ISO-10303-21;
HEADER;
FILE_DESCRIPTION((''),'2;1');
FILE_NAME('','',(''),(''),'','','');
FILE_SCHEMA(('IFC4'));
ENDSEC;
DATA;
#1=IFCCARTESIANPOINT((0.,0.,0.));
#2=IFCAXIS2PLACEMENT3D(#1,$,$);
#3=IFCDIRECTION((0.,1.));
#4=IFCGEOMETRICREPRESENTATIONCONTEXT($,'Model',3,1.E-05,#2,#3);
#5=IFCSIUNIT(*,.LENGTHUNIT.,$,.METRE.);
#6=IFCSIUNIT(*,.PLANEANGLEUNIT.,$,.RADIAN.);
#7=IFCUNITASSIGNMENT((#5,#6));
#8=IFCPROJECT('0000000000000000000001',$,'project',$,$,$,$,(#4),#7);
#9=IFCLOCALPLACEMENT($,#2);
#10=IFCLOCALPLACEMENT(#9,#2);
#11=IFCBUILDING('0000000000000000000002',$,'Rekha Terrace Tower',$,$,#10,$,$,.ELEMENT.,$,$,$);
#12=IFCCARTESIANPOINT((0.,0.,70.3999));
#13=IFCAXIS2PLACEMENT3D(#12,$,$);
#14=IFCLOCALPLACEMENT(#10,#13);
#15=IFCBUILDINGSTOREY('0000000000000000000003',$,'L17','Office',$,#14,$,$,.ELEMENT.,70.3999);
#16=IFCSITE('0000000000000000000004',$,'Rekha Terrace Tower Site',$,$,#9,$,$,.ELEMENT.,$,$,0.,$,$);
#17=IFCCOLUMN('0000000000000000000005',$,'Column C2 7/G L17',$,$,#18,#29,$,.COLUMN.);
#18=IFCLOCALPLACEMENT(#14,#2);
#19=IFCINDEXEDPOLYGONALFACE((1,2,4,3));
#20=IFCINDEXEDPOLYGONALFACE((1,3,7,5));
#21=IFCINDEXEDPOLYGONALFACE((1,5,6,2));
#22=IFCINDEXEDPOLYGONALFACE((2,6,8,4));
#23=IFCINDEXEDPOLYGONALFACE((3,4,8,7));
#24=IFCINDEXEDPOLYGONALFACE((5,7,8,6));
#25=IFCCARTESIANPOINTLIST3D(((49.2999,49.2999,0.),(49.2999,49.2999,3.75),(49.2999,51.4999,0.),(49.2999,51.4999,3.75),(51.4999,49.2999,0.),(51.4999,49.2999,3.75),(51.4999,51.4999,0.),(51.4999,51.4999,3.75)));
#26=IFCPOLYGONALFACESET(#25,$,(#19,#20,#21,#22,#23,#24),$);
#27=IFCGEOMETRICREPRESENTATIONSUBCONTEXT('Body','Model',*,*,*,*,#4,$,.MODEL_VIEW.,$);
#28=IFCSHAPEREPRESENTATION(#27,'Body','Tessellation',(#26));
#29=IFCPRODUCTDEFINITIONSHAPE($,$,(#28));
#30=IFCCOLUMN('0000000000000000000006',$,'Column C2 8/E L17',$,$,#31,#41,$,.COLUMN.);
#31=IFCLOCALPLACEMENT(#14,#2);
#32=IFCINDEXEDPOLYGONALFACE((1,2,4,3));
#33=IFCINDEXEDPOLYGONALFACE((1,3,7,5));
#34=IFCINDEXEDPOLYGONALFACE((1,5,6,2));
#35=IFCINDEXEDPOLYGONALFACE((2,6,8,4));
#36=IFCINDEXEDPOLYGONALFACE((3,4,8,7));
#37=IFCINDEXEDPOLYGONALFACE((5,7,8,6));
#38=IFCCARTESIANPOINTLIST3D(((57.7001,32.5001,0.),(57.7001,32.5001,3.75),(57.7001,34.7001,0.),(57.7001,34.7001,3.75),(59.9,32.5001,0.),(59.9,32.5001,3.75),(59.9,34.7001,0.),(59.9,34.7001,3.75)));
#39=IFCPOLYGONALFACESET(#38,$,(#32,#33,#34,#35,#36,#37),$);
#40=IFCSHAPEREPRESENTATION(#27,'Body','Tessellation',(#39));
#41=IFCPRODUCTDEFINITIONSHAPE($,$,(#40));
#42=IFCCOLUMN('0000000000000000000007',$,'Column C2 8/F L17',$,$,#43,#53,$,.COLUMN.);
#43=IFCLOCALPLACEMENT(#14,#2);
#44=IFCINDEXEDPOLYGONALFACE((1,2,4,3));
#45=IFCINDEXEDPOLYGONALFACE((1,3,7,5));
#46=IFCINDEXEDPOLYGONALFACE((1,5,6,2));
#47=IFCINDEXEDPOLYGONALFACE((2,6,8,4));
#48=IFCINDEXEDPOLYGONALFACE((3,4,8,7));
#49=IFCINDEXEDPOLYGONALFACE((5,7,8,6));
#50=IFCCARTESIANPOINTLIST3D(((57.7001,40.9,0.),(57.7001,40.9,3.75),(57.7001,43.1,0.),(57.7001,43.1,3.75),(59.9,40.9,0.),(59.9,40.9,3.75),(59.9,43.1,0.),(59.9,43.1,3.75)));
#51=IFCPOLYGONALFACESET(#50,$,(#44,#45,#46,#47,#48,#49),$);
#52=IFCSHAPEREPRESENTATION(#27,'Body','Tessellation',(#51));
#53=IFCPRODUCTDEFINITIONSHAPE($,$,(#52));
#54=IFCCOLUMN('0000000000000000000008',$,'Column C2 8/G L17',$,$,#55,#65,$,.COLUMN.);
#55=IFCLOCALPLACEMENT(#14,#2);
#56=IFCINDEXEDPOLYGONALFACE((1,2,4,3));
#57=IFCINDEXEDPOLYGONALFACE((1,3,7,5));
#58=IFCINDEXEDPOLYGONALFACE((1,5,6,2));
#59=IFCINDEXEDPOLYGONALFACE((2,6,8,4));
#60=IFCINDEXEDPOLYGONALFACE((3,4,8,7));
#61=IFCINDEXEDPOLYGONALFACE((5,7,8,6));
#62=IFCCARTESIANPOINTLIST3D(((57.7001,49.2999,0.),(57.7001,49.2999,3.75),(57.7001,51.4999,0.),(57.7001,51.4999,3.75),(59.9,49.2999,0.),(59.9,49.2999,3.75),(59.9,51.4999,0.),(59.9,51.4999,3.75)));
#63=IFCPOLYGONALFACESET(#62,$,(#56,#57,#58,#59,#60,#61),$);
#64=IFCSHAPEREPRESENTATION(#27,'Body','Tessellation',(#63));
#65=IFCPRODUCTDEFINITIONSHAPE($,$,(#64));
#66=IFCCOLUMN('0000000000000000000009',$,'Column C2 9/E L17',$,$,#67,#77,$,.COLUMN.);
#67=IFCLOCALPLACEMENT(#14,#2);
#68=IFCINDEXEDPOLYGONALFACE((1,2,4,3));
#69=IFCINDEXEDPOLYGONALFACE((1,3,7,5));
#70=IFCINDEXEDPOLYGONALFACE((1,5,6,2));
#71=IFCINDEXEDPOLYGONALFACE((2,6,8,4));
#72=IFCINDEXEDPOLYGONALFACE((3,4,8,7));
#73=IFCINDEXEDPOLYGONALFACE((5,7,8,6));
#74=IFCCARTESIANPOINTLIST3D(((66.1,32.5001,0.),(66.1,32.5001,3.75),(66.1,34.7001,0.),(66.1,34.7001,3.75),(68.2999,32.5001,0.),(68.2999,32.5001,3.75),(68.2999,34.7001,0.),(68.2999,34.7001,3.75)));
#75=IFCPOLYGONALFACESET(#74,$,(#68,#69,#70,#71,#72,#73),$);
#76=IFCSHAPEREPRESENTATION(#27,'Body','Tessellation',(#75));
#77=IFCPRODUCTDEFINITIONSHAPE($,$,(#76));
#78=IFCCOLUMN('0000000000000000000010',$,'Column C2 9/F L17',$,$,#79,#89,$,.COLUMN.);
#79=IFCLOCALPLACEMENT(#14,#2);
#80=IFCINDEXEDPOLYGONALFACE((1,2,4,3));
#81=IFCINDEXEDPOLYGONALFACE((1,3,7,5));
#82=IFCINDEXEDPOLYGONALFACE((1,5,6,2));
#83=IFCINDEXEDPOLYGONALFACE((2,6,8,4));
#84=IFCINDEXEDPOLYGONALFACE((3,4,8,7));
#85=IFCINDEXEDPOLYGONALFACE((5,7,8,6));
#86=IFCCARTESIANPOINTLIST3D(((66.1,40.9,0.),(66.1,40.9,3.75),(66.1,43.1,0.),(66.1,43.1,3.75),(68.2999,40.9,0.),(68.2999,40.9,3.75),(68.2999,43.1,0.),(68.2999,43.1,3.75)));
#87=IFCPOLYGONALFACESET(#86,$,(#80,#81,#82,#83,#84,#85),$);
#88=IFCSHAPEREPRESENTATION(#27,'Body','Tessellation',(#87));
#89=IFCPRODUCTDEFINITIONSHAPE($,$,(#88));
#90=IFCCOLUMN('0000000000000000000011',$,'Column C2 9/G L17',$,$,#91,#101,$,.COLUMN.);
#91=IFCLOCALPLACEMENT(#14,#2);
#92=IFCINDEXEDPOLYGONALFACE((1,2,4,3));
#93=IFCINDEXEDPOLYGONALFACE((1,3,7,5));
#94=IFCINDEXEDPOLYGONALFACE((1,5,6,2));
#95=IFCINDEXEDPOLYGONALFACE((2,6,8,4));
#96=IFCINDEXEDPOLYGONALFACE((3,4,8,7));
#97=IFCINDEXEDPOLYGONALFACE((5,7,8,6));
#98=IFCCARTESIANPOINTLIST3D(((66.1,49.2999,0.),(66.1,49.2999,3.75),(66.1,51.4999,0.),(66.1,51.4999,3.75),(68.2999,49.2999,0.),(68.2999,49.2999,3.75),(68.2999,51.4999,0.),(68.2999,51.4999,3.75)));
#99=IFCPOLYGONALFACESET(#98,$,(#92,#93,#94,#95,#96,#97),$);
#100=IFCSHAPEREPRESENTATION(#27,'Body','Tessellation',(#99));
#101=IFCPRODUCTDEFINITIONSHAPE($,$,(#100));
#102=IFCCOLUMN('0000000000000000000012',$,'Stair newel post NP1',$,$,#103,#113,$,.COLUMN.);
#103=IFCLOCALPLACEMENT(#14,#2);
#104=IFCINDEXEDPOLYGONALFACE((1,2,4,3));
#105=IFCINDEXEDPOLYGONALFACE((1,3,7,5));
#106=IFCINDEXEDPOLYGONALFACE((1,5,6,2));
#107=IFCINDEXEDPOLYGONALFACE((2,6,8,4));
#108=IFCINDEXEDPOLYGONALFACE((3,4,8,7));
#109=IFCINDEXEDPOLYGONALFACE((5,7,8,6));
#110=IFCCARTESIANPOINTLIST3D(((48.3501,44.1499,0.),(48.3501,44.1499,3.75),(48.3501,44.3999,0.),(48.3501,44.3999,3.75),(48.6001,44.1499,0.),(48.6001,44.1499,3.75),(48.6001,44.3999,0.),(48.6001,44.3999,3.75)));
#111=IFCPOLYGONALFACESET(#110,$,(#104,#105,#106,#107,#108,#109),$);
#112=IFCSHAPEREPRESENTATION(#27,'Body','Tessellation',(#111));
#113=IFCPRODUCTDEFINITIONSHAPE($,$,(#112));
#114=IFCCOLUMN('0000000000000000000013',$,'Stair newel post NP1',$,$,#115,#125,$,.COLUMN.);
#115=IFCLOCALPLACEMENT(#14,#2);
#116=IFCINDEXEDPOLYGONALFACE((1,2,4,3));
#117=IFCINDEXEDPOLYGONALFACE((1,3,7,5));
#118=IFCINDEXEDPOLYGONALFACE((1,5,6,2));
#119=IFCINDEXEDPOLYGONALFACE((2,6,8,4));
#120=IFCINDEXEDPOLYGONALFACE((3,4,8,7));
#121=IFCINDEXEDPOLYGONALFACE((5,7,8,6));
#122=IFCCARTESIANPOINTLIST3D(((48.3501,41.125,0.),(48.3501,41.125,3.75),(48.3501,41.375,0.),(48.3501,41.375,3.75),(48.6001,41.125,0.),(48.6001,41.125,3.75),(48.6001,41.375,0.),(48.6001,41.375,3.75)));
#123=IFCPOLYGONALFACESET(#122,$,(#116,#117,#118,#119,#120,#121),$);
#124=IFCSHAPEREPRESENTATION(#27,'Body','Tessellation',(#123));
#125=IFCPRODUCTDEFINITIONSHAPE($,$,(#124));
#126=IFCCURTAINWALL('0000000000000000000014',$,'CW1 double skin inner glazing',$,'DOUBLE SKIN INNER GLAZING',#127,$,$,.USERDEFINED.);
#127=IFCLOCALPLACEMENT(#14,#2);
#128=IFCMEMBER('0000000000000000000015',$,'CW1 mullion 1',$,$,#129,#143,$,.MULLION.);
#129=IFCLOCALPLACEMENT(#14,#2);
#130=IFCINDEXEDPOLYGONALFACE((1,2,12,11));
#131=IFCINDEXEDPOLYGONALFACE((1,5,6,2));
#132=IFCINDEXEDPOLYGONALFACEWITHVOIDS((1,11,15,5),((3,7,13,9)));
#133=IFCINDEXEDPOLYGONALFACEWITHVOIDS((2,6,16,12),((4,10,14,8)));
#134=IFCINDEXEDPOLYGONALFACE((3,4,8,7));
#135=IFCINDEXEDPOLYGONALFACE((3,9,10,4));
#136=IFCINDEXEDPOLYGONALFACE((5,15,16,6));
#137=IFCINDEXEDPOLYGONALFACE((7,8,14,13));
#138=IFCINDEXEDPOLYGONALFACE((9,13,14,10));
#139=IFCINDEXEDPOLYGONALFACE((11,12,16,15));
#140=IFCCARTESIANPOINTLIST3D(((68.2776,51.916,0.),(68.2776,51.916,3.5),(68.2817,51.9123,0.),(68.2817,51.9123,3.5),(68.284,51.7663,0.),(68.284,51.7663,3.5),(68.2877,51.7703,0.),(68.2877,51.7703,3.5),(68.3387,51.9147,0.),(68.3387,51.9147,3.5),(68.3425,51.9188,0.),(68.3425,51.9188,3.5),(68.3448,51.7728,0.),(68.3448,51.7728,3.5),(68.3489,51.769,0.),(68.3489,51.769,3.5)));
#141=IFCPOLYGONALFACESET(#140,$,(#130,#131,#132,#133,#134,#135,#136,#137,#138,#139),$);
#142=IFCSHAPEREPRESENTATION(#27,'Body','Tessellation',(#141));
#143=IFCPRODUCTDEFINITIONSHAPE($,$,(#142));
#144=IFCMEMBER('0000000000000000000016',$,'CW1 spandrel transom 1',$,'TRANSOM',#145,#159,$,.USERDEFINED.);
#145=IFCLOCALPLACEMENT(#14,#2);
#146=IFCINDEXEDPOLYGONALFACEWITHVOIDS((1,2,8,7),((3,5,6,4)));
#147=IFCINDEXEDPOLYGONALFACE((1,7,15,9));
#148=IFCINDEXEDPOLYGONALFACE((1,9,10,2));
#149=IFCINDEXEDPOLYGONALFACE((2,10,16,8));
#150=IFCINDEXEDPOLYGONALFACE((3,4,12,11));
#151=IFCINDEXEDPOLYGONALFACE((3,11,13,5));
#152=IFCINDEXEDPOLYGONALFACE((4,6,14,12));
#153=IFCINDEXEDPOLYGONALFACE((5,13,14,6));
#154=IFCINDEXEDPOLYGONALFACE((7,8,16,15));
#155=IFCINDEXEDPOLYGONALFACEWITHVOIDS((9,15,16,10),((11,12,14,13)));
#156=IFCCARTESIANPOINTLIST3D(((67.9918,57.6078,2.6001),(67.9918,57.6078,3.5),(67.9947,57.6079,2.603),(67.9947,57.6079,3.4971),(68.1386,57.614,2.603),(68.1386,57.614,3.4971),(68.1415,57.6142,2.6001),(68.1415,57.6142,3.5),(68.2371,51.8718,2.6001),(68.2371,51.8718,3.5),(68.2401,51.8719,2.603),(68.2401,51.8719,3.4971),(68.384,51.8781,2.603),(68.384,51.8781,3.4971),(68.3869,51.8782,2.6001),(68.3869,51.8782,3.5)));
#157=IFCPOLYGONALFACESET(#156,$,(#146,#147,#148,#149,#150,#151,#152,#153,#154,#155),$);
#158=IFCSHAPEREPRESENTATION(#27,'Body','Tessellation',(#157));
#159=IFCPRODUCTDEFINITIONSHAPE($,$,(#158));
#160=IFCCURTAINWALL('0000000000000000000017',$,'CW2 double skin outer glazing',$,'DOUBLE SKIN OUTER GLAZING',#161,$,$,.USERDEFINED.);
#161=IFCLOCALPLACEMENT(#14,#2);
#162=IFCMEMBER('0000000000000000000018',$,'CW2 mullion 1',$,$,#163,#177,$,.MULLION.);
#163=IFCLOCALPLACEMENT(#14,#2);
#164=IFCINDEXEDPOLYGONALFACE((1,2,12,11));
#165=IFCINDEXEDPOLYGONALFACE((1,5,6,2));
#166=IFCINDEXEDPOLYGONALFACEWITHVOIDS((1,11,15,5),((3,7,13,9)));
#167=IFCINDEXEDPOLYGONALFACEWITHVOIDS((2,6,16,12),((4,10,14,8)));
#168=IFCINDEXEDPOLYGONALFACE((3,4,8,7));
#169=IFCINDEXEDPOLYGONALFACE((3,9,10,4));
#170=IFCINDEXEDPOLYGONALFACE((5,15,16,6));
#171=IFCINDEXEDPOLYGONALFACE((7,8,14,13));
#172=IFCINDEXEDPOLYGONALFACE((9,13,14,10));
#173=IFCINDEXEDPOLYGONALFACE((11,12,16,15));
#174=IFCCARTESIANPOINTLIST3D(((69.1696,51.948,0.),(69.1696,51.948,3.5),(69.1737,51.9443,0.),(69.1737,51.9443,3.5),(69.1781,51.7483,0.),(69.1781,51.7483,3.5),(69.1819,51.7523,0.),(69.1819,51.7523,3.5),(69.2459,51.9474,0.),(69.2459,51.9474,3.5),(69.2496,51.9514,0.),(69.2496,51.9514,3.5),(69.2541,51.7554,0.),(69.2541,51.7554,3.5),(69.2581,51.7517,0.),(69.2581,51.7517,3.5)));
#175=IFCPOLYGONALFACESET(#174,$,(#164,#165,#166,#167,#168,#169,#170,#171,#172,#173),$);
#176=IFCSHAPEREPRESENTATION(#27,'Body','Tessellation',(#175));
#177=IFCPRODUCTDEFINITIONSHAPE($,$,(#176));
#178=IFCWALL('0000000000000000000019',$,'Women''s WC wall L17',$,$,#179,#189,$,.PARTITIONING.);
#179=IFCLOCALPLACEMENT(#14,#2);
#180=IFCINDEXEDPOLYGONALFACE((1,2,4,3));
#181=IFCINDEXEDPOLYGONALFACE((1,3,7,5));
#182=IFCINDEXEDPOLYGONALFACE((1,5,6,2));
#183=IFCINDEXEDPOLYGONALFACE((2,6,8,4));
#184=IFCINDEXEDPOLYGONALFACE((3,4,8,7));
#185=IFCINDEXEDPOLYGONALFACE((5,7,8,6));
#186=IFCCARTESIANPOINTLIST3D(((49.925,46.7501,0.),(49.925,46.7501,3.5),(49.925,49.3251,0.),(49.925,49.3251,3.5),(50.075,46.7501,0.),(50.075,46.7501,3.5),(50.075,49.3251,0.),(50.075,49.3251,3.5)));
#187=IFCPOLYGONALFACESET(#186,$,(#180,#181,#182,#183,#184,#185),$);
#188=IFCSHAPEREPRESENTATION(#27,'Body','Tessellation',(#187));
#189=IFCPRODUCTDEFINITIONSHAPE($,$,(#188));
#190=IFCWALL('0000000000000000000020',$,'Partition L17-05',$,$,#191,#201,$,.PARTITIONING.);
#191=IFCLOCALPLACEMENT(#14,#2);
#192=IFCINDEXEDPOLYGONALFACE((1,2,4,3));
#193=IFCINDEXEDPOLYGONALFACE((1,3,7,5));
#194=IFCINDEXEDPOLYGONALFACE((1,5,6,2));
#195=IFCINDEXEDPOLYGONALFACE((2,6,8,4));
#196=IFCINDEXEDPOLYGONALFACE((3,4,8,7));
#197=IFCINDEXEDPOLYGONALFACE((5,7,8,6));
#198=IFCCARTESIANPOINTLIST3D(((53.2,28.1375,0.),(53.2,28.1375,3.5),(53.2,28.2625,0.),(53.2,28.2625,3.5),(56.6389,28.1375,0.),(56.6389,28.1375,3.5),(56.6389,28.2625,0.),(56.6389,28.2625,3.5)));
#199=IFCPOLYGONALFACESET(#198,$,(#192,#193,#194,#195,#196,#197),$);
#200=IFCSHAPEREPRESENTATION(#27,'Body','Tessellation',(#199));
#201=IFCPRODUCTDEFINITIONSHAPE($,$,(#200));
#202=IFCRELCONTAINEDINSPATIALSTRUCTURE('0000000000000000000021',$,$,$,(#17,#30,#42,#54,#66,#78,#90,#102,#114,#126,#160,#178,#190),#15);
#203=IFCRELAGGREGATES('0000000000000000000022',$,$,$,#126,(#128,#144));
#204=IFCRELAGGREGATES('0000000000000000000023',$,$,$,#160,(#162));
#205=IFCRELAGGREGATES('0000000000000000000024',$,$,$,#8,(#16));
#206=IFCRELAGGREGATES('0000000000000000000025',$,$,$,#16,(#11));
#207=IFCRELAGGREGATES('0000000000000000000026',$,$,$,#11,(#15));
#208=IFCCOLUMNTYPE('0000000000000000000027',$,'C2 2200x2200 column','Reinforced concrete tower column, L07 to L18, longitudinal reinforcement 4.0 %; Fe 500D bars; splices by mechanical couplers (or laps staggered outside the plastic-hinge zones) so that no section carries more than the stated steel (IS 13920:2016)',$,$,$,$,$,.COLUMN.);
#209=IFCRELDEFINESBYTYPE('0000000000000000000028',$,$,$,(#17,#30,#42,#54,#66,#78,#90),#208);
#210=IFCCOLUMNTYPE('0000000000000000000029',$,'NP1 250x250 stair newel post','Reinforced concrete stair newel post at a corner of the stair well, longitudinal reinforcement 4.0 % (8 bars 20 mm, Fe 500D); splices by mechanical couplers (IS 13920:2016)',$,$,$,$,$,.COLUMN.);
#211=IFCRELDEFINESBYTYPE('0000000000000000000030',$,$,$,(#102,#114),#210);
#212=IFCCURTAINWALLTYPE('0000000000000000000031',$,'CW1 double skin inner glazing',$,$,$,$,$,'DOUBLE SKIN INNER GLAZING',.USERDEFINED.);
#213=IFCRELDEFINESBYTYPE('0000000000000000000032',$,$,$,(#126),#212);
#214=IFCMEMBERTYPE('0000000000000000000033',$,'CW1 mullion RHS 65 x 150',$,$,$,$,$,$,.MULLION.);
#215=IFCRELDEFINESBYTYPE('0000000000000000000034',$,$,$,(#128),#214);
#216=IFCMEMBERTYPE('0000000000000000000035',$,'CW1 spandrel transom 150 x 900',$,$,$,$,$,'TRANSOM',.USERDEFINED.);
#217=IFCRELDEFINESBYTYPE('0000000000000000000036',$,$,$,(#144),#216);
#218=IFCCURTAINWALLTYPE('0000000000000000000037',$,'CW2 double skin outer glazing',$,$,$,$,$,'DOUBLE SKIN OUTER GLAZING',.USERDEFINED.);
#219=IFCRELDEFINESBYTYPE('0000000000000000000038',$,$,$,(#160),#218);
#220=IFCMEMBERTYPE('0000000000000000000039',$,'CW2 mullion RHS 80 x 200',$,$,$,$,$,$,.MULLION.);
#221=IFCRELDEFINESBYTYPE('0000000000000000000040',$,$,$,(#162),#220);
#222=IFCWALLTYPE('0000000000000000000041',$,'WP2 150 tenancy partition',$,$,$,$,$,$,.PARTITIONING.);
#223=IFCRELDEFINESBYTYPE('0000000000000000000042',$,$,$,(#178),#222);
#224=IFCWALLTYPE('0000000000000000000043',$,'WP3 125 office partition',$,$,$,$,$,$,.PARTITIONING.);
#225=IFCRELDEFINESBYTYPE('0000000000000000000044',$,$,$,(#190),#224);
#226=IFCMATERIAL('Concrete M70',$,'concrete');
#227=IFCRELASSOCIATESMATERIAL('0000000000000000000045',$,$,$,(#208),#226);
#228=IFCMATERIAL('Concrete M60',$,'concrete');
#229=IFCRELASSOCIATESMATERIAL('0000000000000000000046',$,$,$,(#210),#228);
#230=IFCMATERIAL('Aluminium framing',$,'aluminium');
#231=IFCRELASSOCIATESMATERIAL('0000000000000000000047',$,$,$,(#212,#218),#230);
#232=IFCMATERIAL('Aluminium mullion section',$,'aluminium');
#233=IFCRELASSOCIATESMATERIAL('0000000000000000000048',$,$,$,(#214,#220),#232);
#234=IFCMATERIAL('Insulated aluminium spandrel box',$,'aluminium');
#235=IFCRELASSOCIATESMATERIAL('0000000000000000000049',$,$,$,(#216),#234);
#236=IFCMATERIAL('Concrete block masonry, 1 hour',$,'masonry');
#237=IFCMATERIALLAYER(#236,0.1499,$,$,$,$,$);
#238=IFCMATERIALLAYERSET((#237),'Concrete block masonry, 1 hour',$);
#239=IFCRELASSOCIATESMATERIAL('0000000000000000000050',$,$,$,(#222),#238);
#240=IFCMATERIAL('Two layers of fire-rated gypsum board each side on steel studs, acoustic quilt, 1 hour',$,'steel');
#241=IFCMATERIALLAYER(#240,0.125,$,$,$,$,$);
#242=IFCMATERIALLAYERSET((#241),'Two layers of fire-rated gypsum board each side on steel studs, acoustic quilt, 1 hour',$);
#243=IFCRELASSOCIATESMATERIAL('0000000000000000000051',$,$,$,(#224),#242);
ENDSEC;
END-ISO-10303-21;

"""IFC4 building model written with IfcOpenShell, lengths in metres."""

from ifc_helpers import new_model, si_unit, direction, frame, frame_2d, origin, origin_2d, place, context, subcontext, project, spatial, rectangle, hollow_rectangle, extrude, material, layer, layer_set, material_profile, profile_set, type_object, element, aggregate, save


model = new_model("IFC4")

# Units and contexts
model_context = context("Model", 3, precision=1e-05, world=origin(), true_north=direction((0.0, 1.0)))
body_context = subcontext(model_context, "Body", "Model", "MODEL_VIEW")
ifc_project = project(units=[si_unit("LENGTHUNIT", "METRE"), si_unit("PLANEANGLEUNIT", "RADIAN")], contexts=[model_context])

# Site, building, storey
site_placement = place(None, origin())
site = spatial("IfcSite", under=ifc_project, at=site_placement, Name="Rekha Terrace Tower Site", CompositionType="ELEMENT", RefElevation=0.0)
building_placement = place(site_placement, origin())
building = spatial("IfcBuilding", under=site, at=building_placement, Name="Rekha Terrace Tower", CompositionType="ELEMENT")
storey_placement = place(building_placement, frame((0.0, 0.0, 70.3999)))
storey = spatial("IfcBuildingStorey", under=building, at=storey_placement, Name="L17", Description="Office", CompositionType="ELEMENT", Elevation=70.3999)

# Columns
ifc_material_1 = material(Name="Concrete M70", Category="concrete")
ifc_material_profile_1 = material_profile(ifc_material_1, rectangle(XDim=2.2, YDim=2.2, at=origin_2d()), Name="RC 2200x2200")
ifc_profile_set_1 = profile_set([ifc_material_profile_1], Name="Concrete M70")
column_type_1 = type_object("IfcColumnType", Name="C2 2200x2200 column", Description="Reinforced concrete tower column, L07 to L18, longitudinal reinforcement 4.0 %; Fe 500D bars; splices by mechanical couplers (or laps staggered outside the plastic-hinge zones) so that no section carries more than the stated steel (IS 13920:2016)", PredefinedType="COLUMN", material=ifc_profile_set_1)
for number, where, z_axis, x_axis, name in (
    (1, (50.3999, 50.3999, 0.0), (0.0, 0.0, 1.0), (1.0, 0.0, 0.0), "Column C2 7/G L17"),
    (2, (58.8, 33.6001, 0.0), (0.0, 0.0, 1.0), (1.0, 0.0, 0.0), "Column C2 8/E L17"),
    (3, (58.8, 42.0, 0.0), (0.0, 0.0, 1.0), (1.0, 0.0, 0.0), "Column C2 8/F L17"),
    (4, (58.8, 50.3999, 0.0), (0.0, 0.0, 1.0), (1.0, 0.0, 0.0), "Column C2 8/G L17"),
    (5, (67.2, 33.6001, 0.0), (0.0, 0.0, 1.0), (1.0, 0.0, 0.0), "Column C2 9/E L17"),
    (6, (67.2, 42.0, 0.0), (0.0, 0.0, 1.0), (1.0, 0.0, 0.0), "Column C2 9/F L17"),
    (7, (67.2, 50.3999, 0.0), (0.0, 0.0, 1.0), (1.0, 0.0, 0.0), "Column C2 9/G L17"),
):
    element("IfcColumn", number, at=place(storey_placement, frame(where, z_axis=z_axis, x_axis=x_axis)), inside=storey, type_object=column_type_1, Name=name, PredefinedType="COLUMN", context=body_context, shape_type="SweptSolid", body=[
        extrude(rectangle(XDim=2.2, YDim=2.2, at=origin_2d()), origin(), (0.0, 0.0, 1.0), 3.75),
    ])
ifc_material_2 = material(Name="Concrete M60", Category="concrete")
ifc_material_profile_2 = material_profile(ifc_material_2, rectangle(XDim=0.25, YDim=0.25, at=origin_2d()), Name="RC 250x250")
ifc_profile_set_2 = profile_set([ifc_material_profile_2], Name="Concrete M60")
column_type_2 = type_object("IfcColumnType", Name="NP1 250x250 stair newel post", Description="Reinforced concrete stair newel post at a corner of the stair well, longitudinal reinforcement 4.0 % (8 bars 20 mm, Fe 500D); splices by mechanical couplers (IS 13920:2016)", PredefinedType="COLUMN", material=ifc_profile_set_2)
for number, where, z_axis, x_axis, name in (
    (8, (48.4751, 44.2749, 0.0), (0.0, 0.0, 1.0), (1.0, 0.0, 0.0), "Stair newel post NP1"),
    (9, (48.4751, 41.25, 0.0), (0.0, 0.0, 1.0), (1.0, 0.0, 0.0), "Stair newel post NP1"),
):
    element("IfcColumn", number, at=place(storey_placement, frame(where, z_axis=z_axis, x_axis=x_axis)), inside=storey, type_object=column_type_2, Name=name, PredefinedType="COLUMN", context=body_context, shape_type="SweptSolid", body=[
        extrude(rectangle(XDim=0.25, YDim=0.25, at=origin_2d()), origin(), (0.0, 0.0, 1.0), 3.75),
    ])

# Curtain wall, members
ifc_material_3 = material(Name="Aluminium framing", Category="aluminium")
curtain_wall_type_1 = type_object("IfcCurtainWallType", Name="CW1 double skin inner glazing", ElementType="DOUBLE SKIN INNER GLAZING", PredefinedType="USERDEFINED", material=ifc_material_3)
curtain_wall_1_placement = place(storey_placement, origin())
curtain_wall_1 = element("IfcCurtainWall", 10, at=curtain_wall_1_placement, inside=storey, type_object=curtain_wall_type_1, Name="CW1 double skin inner glazing", ObjectType="DOUBLE SKIN INNER GLAZING", PredefinedType="USERDEFINED")
ifc_material_4 = material(Name="Aluminium mullion section", Category="aluminium")
ifc_material_profile_3 = material_profile(ifc_material_4, hollow_rectangle(XDim=0.0649, YDim=0.1499, WallThickness=0.0039, at=origin_2d()), Name="AL RHS 65x150")
ifc_profile_set_3 = profile_set([ifc_material_profile_3], Name="Aluminium mullion section")
member_type_1 = type_object("IfcMemberType", Name="CW1 mullion RHS 65 x 150", PredefinedType="MULLION", material=ifc_profile_set_3)
member_1_placement = place(storey_placement, frame((68.3132, 51.8425, 0.0), z_axis=(0.0, 0.0, 1.0), x_axis=(-0.999088, -0.042696, 0.0)))
member_1 = element("IfcMember", 11, at=member_1_placement, type_object=member_type_1, Name="CW1 mullion 1", PredefinedType="MULLION", context=body_context, shape_type="SweptSolid", body=[
    extrude(hollow_rectangle(XDim=0.0649, YDim=0.1499, WallThickness=0.0039, at=origin_2d()), origin(), (0.0, 0.0, 1.0), 3.5),
])
ifc_material_5 = material(Name="Insulated aluminium spandrel box", Category="aluminium")
ifc_material_profile_4 = material_profile(ifc_material_5, hollow_rectangle(XDim=0.1499, YDim=0.8999, WallThickness=0.0029, at=origin_2d()), Name="AL SPANDREL BOX 150x900")
ifc_profile_set_4 = profile_set([ifc_material_profile_4], Name="Insulated aluminium spandrel box")
member_type_2 = type_object("IfcMemberType", Name="CW1 spandrel transom 150 x 900", ElementType="TRANSOM", PredefinedType="USERDEFINED", material=ifc_profile_set_4)
member_2_placement = place(storey_placement, frame((68.312, 51.875, 3.05), z_axis=(-0.042736, 0.999086, 0.0), x_axis=(-0.999086, -0.042736, 0.0)))
member_2 = element("IfcMember", 12, at=member_2_placement, type_object=member_type_2, Name="CW1 spandrel transom 1", ObjectType="TRANSOM", PredefinedType="USERDEFINED", context=body_context, shape_type="SweptSolid", body=[
    extrude(hollow_rectangle(XDim=0.1499, YDim=0.8999, WallThickness=0.0029, at=origin_2d()), origin(), (0.0, 0.0, 1.0), 5.7412),
])
aggregate(curtain_wall_1, [member_1, member_2])

# Curtain wall, member
curtain_wall_type_2 = type_object("IfcCurtainWallType", Name="CW2 double skin outer glazing", ElementType="DOUBLE SKIN OUTER GLAZING", PredefinedType="USERDEFINED", material=ifc_material_3)
curtain_wall_2_placement = place(storey_placement, origin())
curtain_wall_2 = element("IfcCurtainWall", 13, at=curtain_wall_2_placement, inside=storey, type_object=curtain_wall_type_2, Name="CW2 double skin outer glazing", ObjectType="DOUBLE SKIN OUTER GLAZING", PredefinedType="USERDEFINED")
ifc_material_profile_5 = material_profile(ifc_material_4, hollow_rectangle(XDim=0.0801, YDim=0.2, WallThickness=0.0039, at=origin_2d()), Name="AL RHS 80x200")
ifc_profile_set_5 = profile_set([ifc_material_profile_5], Name="Aluminium mullion section")
member_type_3 = type_object("IfcMemberType", Name="CW2 mullion RHS 80 x 200", PredefinedType="MULLION", material=ifc_profile_set_5)
member_3_placement = place(storey_placement, frame((69.2139, 51.8499, 0.0), z_axis=(0.0, 0.0, 1.0), x_axis=(-0.999088, -0.042696, 0.0)))
member_3 = element("IfcMember", 14, at=member_3_placement, type_object=member_type_3, Name="CW2 mullion 1", PredefinedType="MULLION", context=body_context, shape_type="SweptSolid", body=[
    extrude(hollow_rectangle(XDim=0.0801, YDim=0.2, WallThickness=0.0039, at=origin_2d()), origin(), (0.0, 0.0, 1.0), 3.5),
])
aggregate(curtain_wall_2, [member_3])

# Walls
ifc_material_6 = material(Name="Concrete block masonry, 1 hour", Category="masonry")
ifc_layer_1 = layer(ifc_material_6, 0.1499)
ifc_layer_set_1 = layer_set([ifc_layer_1], Name="Concrete block masonry, 1 hour")
wall_type_1 = type_object("IfcWallType", Name="WP2 150 tenancy partition", PredefinedType="PARTITIONING", material=ifc_layer_set_1)
wall_1_placement = place(storey_placement, frame((50.0, 46.75, 0.0), z_axis=(0.0, 0.0, 1.0), x_axis=(0.0, 1.0, 0.0)))
element("IfcWall", 15, at=wall_1_placement, inside=storey, type_object=wall_type_1, Name="Women's WC wall L17", PredefinedType="PARTITIONING", context=body_context, shape_type="SweptSolid", body=[
    extrude(rectangle(XDim=2.575, YDim=0.1499, at=frame_2d((1.2876, 0.0))), origin(), (0.0, 0.0, 1.0), 3.5),
])
ifc_material_7 = material(Name="Two layers of fire-rated gypsum board each side on steel studs, acoustic quilt, 1 hour", Category="steel")
ifc_layer_2 = layer(ifc_material_7, 0.125)
ifc_layer_set_2 = layer_set([ifc_layer_2], Name="Two layers of fire-rated gypsum board each side on steel studs, acoustic quilt, 1 hour")
wall_type_2 = type_object("IfcWallType", Name="WP3 125 office partition", PredefinedType="PARTITIONING", material=ifc_layer_set_2)
wall_2_placement = place(storey_placement, frame((53.2, 28.2, 0.0), z_axis=(0.0, 0.0, 1.0), x_axis=(1.0, 0.0, 0.0)))
element("IfcWall", 16, at=wall_2_placement, inside=storey, type_object=wall_type_2, Name="Partition L17-05", PredefinedType="PARTITIONING", context=body_context, shape_type="SweptSolid", body=[
    extrude(rectangle(XDim=3.439, YDim=0.125, at=frame_2d((1.7195, 0.0))), origin(), (0.0, 0.0, 1.0), 3.5),
])

save(model, "model.ifc")
